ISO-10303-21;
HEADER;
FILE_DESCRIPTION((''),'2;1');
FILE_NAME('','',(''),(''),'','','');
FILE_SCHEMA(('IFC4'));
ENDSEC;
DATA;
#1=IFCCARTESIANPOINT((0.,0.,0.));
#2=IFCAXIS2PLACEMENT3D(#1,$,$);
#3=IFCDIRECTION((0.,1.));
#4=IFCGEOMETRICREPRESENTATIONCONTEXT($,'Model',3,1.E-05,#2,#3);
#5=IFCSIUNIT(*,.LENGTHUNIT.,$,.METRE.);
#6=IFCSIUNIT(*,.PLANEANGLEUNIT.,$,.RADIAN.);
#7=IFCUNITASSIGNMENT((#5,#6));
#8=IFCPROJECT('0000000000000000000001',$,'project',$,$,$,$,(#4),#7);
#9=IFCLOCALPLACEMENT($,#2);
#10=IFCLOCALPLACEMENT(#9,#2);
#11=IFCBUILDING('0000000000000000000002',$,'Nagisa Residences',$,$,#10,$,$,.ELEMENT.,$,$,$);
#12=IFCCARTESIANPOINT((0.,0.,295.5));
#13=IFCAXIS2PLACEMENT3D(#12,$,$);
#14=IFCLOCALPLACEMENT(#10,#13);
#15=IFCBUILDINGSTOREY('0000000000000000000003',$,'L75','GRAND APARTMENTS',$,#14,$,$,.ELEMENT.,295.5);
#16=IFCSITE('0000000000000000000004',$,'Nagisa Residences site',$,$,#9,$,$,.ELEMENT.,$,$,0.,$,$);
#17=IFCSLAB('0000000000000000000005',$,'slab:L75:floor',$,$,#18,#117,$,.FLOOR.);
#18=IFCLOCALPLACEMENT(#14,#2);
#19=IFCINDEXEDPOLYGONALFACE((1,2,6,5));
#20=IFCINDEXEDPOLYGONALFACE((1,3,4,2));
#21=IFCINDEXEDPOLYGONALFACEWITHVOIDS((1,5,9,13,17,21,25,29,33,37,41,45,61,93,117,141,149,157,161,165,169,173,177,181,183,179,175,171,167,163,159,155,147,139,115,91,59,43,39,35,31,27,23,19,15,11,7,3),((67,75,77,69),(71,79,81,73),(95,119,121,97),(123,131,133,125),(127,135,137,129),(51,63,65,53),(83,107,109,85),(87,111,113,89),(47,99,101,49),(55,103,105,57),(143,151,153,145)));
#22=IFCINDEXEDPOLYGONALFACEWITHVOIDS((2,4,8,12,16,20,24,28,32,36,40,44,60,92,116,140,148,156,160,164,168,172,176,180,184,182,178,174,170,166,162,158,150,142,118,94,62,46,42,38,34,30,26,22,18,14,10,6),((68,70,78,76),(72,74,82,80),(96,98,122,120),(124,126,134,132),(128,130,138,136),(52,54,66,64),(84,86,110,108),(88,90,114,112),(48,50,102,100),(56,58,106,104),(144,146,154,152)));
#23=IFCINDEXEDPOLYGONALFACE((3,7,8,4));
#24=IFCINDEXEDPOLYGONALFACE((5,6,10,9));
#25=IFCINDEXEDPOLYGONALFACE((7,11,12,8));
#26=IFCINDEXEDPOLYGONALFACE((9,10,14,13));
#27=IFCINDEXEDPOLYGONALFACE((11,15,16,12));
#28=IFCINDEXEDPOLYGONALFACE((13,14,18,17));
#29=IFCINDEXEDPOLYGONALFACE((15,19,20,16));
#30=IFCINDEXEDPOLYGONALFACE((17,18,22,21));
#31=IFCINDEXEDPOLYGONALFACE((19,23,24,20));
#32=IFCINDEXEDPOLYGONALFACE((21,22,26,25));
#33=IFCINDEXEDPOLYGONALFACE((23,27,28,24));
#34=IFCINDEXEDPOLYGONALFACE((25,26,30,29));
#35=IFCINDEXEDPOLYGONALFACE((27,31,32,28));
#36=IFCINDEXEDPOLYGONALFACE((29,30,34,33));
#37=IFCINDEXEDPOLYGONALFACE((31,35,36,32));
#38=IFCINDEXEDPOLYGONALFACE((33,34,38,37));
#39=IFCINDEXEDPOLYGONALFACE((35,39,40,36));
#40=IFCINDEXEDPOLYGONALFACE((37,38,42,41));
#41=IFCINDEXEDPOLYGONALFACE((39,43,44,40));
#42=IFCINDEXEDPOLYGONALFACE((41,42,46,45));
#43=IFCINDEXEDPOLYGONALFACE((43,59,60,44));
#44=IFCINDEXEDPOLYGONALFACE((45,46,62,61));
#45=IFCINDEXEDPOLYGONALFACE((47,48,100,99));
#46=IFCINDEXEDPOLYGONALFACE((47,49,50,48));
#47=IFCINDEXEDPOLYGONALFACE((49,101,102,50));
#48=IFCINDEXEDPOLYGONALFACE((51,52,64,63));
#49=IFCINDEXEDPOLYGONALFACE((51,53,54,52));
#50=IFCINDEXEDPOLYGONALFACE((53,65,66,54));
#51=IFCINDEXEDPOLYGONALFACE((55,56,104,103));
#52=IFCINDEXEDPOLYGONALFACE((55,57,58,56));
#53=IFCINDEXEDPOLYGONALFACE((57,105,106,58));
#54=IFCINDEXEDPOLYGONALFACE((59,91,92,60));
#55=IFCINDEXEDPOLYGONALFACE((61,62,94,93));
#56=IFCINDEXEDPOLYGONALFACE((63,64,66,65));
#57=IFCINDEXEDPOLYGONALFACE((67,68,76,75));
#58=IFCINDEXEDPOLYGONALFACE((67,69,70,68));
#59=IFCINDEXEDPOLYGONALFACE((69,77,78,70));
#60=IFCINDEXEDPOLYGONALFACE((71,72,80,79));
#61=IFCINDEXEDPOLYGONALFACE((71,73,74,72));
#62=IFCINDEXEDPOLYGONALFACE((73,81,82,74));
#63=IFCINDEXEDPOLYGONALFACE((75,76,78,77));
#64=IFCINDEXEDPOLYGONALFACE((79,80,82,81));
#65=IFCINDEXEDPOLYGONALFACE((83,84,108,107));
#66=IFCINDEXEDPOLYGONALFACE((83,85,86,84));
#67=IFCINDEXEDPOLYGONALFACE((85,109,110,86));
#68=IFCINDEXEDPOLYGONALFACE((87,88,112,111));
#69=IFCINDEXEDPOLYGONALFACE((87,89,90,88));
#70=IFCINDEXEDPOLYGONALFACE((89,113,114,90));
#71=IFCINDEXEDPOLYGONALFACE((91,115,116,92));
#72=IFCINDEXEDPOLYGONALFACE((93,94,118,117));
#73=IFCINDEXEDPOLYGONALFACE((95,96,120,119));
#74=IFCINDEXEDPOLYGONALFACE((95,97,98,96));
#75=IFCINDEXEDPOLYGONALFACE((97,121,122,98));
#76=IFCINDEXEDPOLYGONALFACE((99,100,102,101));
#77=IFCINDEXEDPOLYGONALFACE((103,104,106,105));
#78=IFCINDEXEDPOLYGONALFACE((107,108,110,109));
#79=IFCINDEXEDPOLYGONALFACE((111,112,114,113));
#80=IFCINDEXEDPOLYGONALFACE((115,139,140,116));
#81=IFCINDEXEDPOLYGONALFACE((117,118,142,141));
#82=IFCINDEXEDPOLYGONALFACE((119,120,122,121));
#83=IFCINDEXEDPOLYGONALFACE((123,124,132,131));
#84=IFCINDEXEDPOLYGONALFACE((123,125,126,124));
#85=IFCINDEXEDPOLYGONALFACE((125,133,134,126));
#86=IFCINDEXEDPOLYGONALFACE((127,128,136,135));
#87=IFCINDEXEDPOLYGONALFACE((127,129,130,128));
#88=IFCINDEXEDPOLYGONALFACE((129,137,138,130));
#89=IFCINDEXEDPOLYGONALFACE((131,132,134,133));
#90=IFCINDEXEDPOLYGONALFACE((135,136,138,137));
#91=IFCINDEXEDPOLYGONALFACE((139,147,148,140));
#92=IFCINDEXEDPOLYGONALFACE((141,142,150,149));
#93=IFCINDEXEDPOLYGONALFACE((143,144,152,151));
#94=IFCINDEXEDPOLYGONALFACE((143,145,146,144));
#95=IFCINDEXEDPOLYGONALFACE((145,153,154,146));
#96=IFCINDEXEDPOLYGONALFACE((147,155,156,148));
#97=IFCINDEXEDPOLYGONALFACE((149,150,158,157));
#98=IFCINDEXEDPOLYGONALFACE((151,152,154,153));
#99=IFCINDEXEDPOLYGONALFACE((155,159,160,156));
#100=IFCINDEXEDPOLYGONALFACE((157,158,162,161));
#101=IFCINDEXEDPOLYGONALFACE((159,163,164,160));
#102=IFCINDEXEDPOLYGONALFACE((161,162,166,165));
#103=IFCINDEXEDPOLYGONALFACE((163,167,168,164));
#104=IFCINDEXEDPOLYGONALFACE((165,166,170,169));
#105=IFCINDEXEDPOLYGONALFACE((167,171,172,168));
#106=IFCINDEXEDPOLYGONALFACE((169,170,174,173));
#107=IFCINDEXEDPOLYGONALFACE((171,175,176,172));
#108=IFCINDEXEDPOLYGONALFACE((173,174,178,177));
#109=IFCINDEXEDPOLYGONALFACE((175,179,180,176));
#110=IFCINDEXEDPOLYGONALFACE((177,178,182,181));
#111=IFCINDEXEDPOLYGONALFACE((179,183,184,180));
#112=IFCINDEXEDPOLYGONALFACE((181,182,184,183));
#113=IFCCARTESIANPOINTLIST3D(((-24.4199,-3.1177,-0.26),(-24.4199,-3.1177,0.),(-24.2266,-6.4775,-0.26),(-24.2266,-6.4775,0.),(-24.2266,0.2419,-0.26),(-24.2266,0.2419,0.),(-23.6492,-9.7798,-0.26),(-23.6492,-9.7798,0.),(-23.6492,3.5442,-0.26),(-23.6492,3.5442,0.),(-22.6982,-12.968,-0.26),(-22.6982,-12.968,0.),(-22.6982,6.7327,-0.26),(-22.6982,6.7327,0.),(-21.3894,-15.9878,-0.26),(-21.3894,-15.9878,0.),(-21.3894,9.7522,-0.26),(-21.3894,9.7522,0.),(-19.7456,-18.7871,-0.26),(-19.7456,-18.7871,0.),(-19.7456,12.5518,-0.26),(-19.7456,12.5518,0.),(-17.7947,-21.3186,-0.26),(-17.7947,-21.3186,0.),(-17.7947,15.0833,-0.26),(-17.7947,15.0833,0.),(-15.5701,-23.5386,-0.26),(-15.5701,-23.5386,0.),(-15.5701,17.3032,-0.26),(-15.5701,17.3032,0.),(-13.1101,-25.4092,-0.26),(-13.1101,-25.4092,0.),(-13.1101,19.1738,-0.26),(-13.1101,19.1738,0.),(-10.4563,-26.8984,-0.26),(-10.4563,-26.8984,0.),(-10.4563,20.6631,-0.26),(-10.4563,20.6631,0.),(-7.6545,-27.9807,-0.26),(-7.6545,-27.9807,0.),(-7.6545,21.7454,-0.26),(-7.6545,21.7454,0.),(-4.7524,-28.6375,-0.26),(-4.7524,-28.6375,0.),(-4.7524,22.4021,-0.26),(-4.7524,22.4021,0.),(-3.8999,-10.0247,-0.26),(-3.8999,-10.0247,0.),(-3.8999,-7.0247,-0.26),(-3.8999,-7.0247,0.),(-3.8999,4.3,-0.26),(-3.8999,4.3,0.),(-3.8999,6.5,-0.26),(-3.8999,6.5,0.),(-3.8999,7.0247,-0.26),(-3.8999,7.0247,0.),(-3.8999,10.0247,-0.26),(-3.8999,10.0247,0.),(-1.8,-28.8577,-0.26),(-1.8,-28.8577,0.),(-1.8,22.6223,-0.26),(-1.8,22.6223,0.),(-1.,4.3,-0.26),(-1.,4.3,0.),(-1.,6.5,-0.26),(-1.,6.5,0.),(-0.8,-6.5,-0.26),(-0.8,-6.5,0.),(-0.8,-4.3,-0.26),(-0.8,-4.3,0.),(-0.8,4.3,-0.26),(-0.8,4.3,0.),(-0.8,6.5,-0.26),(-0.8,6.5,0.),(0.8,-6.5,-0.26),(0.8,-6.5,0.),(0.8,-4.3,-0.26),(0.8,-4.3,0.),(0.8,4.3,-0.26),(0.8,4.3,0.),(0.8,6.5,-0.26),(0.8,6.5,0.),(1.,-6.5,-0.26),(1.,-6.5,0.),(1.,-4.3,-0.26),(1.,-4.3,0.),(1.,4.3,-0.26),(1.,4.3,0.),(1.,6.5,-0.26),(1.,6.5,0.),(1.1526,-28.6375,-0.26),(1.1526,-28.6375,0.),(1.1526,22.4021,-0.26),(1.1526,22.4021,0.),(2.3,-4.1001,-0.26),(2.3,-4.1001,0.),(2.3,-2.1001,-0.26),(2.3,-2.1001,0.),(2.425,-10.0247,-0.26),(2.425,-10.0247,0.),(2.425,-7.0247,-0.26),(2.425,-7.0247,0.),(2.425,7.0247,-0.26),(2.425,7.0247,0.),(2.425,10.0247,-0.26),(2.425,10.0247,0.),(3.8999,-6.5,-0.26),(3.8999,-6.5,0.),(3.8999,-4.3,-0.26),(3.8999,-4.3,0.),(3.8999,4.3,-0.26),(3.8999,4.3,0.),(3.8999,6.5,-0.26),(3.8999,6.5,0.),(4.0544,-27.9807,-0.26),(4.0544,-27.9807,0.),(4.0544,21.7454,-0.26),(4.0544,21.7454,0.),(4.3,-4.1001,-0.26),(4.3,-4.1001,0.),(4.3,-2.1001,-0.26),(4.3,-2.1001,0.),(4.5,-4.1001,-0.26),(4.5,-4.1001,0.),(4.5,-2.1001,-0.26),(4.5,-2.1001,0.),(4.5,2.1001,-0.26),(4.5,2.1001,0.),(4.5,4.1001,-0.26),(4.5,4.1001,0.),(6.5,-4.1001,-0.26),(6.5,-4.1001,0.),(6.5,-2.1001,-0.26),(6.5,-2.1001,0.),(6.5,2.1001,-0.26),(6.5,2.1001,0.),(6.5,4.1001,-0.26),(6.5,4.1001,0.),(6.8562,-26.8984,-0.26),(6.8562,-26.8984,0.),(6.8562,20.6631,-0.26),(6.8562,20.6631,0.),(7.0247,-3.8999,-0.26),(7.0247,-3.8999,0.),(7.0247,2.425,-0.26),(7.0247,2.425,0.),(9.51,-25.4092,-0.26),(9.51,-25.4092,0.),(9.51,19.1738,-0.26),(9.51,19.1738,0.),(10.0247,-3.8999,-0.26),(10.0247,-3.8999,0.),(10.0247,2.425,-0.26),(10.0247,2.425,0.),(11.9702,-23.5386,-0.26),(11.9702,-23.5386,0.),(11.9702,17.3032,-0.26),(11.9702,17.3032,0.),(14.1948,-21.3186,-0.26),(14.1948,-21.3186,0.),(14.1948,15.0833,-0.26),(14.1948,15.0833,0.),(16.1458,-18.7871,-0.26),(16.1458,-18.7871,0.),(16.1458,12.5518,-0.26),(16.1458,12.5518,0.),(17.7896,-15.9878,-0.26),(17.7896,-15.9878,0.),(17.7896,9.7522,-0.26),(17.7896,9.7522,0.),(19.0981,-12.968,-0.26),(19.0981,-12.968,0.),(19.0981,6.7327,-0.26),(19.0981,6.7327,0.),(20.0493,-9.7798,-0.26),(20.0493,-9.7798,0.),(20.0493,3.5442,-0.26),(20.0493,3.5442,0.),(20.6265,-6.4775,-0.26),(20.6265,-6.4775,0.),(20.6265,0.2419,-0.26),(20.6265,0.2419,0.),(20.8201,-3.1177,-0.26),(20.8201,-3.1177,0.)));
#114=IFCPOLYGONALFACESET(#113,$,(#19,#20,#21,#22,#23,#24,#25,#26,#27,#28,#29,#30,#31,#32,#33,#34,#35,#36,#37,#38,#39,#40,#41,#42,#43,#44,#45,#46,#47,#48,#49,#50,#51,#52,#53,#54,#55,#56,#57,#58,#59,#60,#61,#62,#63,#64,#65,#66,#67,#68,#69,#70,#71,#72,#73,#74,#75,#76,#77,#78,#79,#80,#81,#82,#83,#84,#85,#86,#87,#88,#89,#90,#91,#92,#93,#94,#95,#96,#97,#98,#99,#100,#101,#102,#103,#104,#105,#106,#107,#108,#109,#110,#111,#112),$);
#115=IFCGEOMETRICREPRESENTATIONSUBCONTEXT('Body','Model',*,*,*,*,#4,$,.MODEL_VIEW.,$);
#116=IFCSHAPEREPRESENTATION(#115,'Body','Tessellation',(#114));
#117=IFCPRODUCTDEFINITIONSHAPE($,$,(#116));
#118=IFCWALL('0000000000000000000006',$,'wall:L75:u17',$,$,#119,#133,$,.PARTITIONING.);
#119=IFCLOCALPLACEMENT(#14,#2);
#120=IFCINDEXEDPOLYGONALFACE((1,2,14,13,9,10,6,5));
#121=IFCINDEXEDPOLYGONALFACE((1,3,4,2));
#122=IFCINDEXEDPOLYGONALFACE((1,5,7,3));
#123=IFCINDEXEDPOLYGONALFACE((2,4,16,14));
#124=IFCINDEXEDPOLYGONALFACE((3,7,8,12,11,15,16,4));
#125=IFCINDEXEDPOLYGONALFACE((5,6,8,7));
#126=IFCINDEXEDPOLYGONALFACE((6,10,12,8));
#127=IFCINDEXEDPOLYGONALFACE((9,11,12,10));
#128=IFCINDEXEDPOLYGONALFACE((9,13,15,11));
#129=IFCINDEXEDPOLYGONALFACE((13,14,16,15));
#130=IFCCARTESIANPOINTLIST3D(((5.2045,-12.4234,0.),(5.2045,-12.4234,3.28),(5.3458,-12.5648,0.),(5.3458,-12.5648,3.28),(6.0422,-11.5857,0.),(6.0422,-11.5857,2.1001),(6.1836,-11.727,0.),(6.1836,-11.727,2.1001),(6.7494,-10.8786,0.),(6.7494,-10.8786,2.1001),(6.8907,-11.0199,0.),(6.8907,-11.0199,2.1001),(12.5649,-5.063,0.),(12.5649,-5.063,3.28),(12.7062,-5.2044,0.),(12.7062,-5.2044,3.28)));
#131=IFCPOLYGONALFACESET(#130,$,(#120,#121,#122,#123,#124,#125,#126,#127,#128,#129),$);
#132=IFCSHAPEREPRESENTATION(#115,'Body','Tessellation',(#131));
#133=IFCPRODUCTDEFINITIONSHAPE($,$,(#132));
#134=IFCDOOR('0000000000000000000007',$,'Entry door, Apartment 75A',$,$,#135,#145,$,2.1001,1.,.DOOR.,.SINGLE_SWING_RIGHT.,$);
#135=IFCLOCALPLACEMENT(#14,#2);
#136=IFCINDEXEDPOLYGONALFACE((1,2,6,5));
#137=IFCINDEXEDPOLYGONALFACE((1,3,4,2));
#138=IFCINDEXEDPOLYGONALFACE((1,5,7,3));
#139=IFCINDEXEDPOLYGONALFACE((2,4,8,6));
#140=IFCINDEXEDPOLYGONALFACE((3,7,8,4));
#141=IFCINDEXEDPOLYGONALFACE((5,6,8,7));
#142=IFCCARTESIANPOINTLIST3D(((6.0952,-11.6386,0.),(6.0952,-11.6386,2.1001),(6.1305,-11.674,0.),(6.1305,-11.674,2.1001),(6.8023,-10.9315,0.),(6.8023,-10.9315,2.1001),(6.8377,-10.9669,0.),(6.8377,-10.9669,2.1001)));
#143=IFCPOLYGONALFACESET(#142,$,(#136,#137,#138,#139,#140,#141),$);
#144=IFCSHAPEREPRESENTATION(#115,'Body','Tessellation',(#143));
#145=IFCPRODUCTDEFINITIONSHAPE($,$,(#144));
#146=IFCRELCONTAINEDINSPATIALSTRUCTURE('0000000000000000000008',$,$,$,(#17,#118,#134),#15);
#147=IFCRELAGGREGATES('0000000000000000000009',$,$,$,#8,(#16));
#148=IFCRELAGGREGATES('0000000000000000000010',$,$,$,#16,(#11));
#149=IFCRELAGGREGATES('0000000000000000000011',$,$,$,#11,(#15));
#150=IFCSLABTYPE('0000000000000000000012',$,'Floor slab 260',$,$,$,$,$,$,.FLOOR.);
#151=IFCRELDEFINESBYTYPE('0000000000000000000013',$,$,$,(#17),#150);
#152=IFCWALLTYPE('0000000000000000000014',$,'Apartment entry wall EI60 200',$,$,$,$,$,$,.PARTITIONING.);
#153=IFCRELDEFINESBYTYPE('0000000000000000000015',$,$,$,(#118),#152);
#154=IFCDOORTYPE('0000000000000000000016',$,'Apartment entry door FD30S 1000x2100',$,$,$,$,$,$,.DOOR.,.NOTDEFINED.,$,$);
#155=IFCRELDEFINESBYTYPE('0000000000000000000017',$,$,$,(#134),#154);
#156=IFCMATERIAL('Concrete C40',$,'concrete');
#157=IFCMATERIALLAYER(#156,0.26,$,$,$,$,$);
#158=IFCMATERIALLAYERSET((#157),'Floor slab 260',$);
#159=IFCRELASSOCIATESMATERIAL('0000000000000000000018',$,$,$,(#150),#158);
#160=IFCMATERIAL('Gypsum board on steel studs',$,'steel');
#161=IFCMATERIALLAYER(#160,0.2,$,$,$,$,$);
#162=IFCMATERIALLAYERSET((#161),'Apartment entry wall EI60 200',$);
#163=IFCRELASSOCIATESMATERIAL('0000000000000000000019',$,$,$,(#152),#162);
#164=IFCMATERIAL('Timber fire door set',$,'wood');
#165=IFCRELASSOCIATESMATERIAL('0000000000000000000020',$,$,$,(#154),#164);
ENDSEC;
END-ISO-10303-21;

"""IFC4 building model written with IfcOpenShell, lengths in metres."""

from ifc_helpers import new_model, si_unit, direction, frame, frame_2d, origin, place, context, subcontext, project, spatial, polyline, rectangle, outline, extrude, material, layer, layer_set, type_object, element, fill, save


model = new_model("IFC4")

# Units and contexts
model_context = context("Model", 3, precision=1e-05, world=origin(), true_north=direction((0.0, 1.0)))
body_context = subcontext(model_context, "Body", "Model", "MODEL_VIEW")
ifc_project = project(units=[si_unit("LENGTHUNIT", "METRE"), si_unit("PLANEANGLEUNIT", "RADIAN")], contexts=[model_context])

# Site, building, storey
site_placement = place(None, origin())
site = spatial("IfcSite", under=ifc_project, at=site_placement, Name="Nagisa Residences site", CompositionType="ELEMENT", RefElevation=0.0)
building_placement = place(site_placement, origin())
building = spatial("IfcBuilding", under=site, at=building_placement, Name="Nagisa Residences", CompositionType="ELEMENT")
storey_placement = place(building_placement, frame((0.0, 0.0, 295.5)))
storey = spatial("IfcBuildingStorey", under=building, at=storey_placement, Name="L75", Description="GRAND APARTMENTS", CompositionType="ELEMENT", Elevation=295.5)

# Slab
ifc_material_1 = material(Name="Concrete C40", Category="concrete")
ifc_layer_1 = layer(ifc_material_1, 0.26)
ifc_layer_set_1 = layer_set([ifc_layer_1], Name="Floor slab 260")
slab_type_1 = type_object("IfcSlabType", Name="Floor slab 260", PredefinedType="FLOOR", material=ifc_layer_set_1)
slab_1_placement = place(storey_placement, frame((0.0, 0.0, -0.26)))
element("IfcSlab", 1, at=slab_1_placement, inside=storey, type_object=slab_type_1, Name="slab:L75:floor", PredefinedType="FLOOR", context=body_context, shape_type="SweptSolid", body=[
    extrude(outline(polyline([(20.8201, -3.1177), (20.6265, 0.2419), (20.0493, 3.5442), (19.0981, 6.7327), (17.7896, 9.7522), (16.1458, 12.5518), (14.1948, 15.0833), (11.9702, 17.3032), (9.51, 19.1738), (6.8562, 20.6631), (4.0544, 21.7454), (1.1526, 22.4021), (-1.8, 22.6223), (-4.7524, 22.4021), (-7.6545, 21.7454), (-10.4563, 20.6631), (-13.1101, 19.1738), (-15.5701, 17.3032), (-17.7947, 15.0833), (-19.7456, 12.5518), (-21.3894, 9.7522), (-22.6982, 6.7327), (-23.6492, 3.5442), (-24.2266, 0.2419), (-24.4199, -3.1177), (-24.2266, -6.4775), (-23.6492, -9.7798), (-22.6982, -12.968), (-21.3894, -15.9878), (-19.7456, -18.7871), (-17.7947, -21.3186), (-15.5701, -23.5386), (-13.1101, -25.4092), (-10.4563, -26.8984), (-7.6545, -27.9807), (-4.7524, -28.6375), (-1.8, -28.8577), (1.1526, -28.6375), (4.0544, -27.9807), (6.8562, -26.8984), (9.51, -25.4092), (11.9702, -23.5386), (14.1948, -21.3186), (16.1458, -18.7871), (17.7896, -15.9878), (19.0981, -12.968), (20.0493, -9.7798), (20.6265, -6.4775), (20.8201, -3.1177)]), holes=[polyline([(6.5, 2.1001), (6.5, 4.1001), (4.5, 4.1001), (4.5, 2.1001), (6.5, 2.1001)]), polyline([(4.3, -4.1001), (4.3, -2.1001), (2.3, -2.1001), (2.3, -4.1001), (4.3, -4.1001)]), polyline([(6.5, -4.1001), (6.5, -2.1001), (4.5, -2.1001), (4.5, -4.1001), (6.5, -4.1001)]), polyline([(3.8999, 4.3), (3.8999, 6.5), (1.0, 6.5), (1.0, 4.3), (3.8999, 4.3)]), polyline([(3.8999, -6.5), (3.8999, -4.3), (1.0, -4.3), (1.0, -6.5), (3.8999, -6.5)]), polyline([(-1.0, 4.3), (-1.0, 6.5), (-3.8999, 6.5), (-3.8999, 4.3), (-1.0, 4.3)]), polyline([(0.8, 4.3), (0.8, 6.5), (-0.8, 6.5), (-0.8, 4.3), (0.8, 4.3)]), polyline([(0.8, -6.5), (0.8, -4.3), (-0.8, -4.3), (-0.8, -6.5), (0.8, -6.5)]), polyline([(10.0247, -3.8999), (7.0247, -3.8999), (7.0247, 2.425), (10.0247, 2.425), (10.0247, -3.8999)]), polyline([(-3.8999, 7.0247), (-3.8999, 10.0247), (2.425, 10.0247), (2.425, 7.0247), (-3.8999, 7.0247)]), polyline([(-3.8999, -10.0247), (-3.8999, -7.0247), (2.425, -7.0247), (2.425, -10.0247), (-3.8999, -10.0247)])]), origin(), (0.0, 0.0, 1.0), 0.26),
])

# Wall, opening, door
ifc_material_2 = material(Name="Gypsum board on steel studs", Category="steel")
ifc_layer_2 = layer(ifc_material_2, 0.2)
ifc_layer_set_2 = layer_set([ifc_layer_2], Name="Apartment entry wall EI60 200")
wall_type_1 = type_object("IfcWallType", Name="Apartment entry wall EI60 200", PredefinedType="PARTITIONING", material=ifc_layer_set_2)
wall_1_placement = place(storey_placement, frame((5.2751, -12.4941, 0.0), z_axis=(0.0, 0.0, 1.0), x_axis=(0.707107, 0.707107, 0.0)))
wall_1 = element("IfcWall", 2, at=wall_1_placement, inside=storey, type_object=wall_type_1, Name="wall:L75:u17", PredefinedType="PARTITIONING", context=body_context, shape_type="SweptSolid", body=[
    extrude(rectangle(XDim=10.4092, YDim=0.2, at=frame_2d((5.2046, 0.0))), origin(), (0.0, 0.0, 1.0), 3.28),
])
opening_1_placement = place(wall_1_placement, frame((1.1848, 0.0, 0.0)))
opening_1 = element("IfcOpeningElement", 3, at=opening_1_placement, cuts=wall_1, PredefinedType="OPENING", context=body_context, shape_type="SweptSolid", body=[
    extrude(rectangle(XDim=1.0, YDim=2.1001, at=frame_2d((0.5, 1.05))), frame((0.0, 0.1099, 0.0), z_axis=(0.0, -1.0, 0.0), x_axis=(1.0, 0.0, 0.0)), (0.0, 0.0, 1.0), 0.22),
])
ifc_material_3 = material(Name="Timber fire door set", Category="wood")
door_type_1 = type_object("IfcDoorType", Name="Apartment entry door FD30S 1000x2100", OperationType="NOTDEFINED", PredefinedType="DOOR", material=ifc_material_3)
door_1_placement = place(opening_1_placement, frame((1.0, 0.0, 0.0), x_axis=(-1.0, 0.0, 0.0)))
door_1 = element("IfcDoor", 4, at=door_1_placement, inside=storey, type_object=door_type_1, Name="Entry door, Apartment 75A", OperationType="SINGLE_SWING_RIGHT", OverallHeight=2.1001, OverallWidth=1.0, PredefinedType="DOOR", context=body_context, shape_type="SweptSolid", body=[
    extrude(rectangle(XDim=1.0, YDim=2.1001, at=frame_2d((0.5, 1.05))), frame((0.0, 0.0249, 0.0), z_axis=(0.0, -1.0, 0.0), x_axis=(1.0, 0.0, 0.0)), (0.0, 0.0, 1.0), 0.05),
])
fill(opening_1, door_1)

save(model, "model.ifc")
